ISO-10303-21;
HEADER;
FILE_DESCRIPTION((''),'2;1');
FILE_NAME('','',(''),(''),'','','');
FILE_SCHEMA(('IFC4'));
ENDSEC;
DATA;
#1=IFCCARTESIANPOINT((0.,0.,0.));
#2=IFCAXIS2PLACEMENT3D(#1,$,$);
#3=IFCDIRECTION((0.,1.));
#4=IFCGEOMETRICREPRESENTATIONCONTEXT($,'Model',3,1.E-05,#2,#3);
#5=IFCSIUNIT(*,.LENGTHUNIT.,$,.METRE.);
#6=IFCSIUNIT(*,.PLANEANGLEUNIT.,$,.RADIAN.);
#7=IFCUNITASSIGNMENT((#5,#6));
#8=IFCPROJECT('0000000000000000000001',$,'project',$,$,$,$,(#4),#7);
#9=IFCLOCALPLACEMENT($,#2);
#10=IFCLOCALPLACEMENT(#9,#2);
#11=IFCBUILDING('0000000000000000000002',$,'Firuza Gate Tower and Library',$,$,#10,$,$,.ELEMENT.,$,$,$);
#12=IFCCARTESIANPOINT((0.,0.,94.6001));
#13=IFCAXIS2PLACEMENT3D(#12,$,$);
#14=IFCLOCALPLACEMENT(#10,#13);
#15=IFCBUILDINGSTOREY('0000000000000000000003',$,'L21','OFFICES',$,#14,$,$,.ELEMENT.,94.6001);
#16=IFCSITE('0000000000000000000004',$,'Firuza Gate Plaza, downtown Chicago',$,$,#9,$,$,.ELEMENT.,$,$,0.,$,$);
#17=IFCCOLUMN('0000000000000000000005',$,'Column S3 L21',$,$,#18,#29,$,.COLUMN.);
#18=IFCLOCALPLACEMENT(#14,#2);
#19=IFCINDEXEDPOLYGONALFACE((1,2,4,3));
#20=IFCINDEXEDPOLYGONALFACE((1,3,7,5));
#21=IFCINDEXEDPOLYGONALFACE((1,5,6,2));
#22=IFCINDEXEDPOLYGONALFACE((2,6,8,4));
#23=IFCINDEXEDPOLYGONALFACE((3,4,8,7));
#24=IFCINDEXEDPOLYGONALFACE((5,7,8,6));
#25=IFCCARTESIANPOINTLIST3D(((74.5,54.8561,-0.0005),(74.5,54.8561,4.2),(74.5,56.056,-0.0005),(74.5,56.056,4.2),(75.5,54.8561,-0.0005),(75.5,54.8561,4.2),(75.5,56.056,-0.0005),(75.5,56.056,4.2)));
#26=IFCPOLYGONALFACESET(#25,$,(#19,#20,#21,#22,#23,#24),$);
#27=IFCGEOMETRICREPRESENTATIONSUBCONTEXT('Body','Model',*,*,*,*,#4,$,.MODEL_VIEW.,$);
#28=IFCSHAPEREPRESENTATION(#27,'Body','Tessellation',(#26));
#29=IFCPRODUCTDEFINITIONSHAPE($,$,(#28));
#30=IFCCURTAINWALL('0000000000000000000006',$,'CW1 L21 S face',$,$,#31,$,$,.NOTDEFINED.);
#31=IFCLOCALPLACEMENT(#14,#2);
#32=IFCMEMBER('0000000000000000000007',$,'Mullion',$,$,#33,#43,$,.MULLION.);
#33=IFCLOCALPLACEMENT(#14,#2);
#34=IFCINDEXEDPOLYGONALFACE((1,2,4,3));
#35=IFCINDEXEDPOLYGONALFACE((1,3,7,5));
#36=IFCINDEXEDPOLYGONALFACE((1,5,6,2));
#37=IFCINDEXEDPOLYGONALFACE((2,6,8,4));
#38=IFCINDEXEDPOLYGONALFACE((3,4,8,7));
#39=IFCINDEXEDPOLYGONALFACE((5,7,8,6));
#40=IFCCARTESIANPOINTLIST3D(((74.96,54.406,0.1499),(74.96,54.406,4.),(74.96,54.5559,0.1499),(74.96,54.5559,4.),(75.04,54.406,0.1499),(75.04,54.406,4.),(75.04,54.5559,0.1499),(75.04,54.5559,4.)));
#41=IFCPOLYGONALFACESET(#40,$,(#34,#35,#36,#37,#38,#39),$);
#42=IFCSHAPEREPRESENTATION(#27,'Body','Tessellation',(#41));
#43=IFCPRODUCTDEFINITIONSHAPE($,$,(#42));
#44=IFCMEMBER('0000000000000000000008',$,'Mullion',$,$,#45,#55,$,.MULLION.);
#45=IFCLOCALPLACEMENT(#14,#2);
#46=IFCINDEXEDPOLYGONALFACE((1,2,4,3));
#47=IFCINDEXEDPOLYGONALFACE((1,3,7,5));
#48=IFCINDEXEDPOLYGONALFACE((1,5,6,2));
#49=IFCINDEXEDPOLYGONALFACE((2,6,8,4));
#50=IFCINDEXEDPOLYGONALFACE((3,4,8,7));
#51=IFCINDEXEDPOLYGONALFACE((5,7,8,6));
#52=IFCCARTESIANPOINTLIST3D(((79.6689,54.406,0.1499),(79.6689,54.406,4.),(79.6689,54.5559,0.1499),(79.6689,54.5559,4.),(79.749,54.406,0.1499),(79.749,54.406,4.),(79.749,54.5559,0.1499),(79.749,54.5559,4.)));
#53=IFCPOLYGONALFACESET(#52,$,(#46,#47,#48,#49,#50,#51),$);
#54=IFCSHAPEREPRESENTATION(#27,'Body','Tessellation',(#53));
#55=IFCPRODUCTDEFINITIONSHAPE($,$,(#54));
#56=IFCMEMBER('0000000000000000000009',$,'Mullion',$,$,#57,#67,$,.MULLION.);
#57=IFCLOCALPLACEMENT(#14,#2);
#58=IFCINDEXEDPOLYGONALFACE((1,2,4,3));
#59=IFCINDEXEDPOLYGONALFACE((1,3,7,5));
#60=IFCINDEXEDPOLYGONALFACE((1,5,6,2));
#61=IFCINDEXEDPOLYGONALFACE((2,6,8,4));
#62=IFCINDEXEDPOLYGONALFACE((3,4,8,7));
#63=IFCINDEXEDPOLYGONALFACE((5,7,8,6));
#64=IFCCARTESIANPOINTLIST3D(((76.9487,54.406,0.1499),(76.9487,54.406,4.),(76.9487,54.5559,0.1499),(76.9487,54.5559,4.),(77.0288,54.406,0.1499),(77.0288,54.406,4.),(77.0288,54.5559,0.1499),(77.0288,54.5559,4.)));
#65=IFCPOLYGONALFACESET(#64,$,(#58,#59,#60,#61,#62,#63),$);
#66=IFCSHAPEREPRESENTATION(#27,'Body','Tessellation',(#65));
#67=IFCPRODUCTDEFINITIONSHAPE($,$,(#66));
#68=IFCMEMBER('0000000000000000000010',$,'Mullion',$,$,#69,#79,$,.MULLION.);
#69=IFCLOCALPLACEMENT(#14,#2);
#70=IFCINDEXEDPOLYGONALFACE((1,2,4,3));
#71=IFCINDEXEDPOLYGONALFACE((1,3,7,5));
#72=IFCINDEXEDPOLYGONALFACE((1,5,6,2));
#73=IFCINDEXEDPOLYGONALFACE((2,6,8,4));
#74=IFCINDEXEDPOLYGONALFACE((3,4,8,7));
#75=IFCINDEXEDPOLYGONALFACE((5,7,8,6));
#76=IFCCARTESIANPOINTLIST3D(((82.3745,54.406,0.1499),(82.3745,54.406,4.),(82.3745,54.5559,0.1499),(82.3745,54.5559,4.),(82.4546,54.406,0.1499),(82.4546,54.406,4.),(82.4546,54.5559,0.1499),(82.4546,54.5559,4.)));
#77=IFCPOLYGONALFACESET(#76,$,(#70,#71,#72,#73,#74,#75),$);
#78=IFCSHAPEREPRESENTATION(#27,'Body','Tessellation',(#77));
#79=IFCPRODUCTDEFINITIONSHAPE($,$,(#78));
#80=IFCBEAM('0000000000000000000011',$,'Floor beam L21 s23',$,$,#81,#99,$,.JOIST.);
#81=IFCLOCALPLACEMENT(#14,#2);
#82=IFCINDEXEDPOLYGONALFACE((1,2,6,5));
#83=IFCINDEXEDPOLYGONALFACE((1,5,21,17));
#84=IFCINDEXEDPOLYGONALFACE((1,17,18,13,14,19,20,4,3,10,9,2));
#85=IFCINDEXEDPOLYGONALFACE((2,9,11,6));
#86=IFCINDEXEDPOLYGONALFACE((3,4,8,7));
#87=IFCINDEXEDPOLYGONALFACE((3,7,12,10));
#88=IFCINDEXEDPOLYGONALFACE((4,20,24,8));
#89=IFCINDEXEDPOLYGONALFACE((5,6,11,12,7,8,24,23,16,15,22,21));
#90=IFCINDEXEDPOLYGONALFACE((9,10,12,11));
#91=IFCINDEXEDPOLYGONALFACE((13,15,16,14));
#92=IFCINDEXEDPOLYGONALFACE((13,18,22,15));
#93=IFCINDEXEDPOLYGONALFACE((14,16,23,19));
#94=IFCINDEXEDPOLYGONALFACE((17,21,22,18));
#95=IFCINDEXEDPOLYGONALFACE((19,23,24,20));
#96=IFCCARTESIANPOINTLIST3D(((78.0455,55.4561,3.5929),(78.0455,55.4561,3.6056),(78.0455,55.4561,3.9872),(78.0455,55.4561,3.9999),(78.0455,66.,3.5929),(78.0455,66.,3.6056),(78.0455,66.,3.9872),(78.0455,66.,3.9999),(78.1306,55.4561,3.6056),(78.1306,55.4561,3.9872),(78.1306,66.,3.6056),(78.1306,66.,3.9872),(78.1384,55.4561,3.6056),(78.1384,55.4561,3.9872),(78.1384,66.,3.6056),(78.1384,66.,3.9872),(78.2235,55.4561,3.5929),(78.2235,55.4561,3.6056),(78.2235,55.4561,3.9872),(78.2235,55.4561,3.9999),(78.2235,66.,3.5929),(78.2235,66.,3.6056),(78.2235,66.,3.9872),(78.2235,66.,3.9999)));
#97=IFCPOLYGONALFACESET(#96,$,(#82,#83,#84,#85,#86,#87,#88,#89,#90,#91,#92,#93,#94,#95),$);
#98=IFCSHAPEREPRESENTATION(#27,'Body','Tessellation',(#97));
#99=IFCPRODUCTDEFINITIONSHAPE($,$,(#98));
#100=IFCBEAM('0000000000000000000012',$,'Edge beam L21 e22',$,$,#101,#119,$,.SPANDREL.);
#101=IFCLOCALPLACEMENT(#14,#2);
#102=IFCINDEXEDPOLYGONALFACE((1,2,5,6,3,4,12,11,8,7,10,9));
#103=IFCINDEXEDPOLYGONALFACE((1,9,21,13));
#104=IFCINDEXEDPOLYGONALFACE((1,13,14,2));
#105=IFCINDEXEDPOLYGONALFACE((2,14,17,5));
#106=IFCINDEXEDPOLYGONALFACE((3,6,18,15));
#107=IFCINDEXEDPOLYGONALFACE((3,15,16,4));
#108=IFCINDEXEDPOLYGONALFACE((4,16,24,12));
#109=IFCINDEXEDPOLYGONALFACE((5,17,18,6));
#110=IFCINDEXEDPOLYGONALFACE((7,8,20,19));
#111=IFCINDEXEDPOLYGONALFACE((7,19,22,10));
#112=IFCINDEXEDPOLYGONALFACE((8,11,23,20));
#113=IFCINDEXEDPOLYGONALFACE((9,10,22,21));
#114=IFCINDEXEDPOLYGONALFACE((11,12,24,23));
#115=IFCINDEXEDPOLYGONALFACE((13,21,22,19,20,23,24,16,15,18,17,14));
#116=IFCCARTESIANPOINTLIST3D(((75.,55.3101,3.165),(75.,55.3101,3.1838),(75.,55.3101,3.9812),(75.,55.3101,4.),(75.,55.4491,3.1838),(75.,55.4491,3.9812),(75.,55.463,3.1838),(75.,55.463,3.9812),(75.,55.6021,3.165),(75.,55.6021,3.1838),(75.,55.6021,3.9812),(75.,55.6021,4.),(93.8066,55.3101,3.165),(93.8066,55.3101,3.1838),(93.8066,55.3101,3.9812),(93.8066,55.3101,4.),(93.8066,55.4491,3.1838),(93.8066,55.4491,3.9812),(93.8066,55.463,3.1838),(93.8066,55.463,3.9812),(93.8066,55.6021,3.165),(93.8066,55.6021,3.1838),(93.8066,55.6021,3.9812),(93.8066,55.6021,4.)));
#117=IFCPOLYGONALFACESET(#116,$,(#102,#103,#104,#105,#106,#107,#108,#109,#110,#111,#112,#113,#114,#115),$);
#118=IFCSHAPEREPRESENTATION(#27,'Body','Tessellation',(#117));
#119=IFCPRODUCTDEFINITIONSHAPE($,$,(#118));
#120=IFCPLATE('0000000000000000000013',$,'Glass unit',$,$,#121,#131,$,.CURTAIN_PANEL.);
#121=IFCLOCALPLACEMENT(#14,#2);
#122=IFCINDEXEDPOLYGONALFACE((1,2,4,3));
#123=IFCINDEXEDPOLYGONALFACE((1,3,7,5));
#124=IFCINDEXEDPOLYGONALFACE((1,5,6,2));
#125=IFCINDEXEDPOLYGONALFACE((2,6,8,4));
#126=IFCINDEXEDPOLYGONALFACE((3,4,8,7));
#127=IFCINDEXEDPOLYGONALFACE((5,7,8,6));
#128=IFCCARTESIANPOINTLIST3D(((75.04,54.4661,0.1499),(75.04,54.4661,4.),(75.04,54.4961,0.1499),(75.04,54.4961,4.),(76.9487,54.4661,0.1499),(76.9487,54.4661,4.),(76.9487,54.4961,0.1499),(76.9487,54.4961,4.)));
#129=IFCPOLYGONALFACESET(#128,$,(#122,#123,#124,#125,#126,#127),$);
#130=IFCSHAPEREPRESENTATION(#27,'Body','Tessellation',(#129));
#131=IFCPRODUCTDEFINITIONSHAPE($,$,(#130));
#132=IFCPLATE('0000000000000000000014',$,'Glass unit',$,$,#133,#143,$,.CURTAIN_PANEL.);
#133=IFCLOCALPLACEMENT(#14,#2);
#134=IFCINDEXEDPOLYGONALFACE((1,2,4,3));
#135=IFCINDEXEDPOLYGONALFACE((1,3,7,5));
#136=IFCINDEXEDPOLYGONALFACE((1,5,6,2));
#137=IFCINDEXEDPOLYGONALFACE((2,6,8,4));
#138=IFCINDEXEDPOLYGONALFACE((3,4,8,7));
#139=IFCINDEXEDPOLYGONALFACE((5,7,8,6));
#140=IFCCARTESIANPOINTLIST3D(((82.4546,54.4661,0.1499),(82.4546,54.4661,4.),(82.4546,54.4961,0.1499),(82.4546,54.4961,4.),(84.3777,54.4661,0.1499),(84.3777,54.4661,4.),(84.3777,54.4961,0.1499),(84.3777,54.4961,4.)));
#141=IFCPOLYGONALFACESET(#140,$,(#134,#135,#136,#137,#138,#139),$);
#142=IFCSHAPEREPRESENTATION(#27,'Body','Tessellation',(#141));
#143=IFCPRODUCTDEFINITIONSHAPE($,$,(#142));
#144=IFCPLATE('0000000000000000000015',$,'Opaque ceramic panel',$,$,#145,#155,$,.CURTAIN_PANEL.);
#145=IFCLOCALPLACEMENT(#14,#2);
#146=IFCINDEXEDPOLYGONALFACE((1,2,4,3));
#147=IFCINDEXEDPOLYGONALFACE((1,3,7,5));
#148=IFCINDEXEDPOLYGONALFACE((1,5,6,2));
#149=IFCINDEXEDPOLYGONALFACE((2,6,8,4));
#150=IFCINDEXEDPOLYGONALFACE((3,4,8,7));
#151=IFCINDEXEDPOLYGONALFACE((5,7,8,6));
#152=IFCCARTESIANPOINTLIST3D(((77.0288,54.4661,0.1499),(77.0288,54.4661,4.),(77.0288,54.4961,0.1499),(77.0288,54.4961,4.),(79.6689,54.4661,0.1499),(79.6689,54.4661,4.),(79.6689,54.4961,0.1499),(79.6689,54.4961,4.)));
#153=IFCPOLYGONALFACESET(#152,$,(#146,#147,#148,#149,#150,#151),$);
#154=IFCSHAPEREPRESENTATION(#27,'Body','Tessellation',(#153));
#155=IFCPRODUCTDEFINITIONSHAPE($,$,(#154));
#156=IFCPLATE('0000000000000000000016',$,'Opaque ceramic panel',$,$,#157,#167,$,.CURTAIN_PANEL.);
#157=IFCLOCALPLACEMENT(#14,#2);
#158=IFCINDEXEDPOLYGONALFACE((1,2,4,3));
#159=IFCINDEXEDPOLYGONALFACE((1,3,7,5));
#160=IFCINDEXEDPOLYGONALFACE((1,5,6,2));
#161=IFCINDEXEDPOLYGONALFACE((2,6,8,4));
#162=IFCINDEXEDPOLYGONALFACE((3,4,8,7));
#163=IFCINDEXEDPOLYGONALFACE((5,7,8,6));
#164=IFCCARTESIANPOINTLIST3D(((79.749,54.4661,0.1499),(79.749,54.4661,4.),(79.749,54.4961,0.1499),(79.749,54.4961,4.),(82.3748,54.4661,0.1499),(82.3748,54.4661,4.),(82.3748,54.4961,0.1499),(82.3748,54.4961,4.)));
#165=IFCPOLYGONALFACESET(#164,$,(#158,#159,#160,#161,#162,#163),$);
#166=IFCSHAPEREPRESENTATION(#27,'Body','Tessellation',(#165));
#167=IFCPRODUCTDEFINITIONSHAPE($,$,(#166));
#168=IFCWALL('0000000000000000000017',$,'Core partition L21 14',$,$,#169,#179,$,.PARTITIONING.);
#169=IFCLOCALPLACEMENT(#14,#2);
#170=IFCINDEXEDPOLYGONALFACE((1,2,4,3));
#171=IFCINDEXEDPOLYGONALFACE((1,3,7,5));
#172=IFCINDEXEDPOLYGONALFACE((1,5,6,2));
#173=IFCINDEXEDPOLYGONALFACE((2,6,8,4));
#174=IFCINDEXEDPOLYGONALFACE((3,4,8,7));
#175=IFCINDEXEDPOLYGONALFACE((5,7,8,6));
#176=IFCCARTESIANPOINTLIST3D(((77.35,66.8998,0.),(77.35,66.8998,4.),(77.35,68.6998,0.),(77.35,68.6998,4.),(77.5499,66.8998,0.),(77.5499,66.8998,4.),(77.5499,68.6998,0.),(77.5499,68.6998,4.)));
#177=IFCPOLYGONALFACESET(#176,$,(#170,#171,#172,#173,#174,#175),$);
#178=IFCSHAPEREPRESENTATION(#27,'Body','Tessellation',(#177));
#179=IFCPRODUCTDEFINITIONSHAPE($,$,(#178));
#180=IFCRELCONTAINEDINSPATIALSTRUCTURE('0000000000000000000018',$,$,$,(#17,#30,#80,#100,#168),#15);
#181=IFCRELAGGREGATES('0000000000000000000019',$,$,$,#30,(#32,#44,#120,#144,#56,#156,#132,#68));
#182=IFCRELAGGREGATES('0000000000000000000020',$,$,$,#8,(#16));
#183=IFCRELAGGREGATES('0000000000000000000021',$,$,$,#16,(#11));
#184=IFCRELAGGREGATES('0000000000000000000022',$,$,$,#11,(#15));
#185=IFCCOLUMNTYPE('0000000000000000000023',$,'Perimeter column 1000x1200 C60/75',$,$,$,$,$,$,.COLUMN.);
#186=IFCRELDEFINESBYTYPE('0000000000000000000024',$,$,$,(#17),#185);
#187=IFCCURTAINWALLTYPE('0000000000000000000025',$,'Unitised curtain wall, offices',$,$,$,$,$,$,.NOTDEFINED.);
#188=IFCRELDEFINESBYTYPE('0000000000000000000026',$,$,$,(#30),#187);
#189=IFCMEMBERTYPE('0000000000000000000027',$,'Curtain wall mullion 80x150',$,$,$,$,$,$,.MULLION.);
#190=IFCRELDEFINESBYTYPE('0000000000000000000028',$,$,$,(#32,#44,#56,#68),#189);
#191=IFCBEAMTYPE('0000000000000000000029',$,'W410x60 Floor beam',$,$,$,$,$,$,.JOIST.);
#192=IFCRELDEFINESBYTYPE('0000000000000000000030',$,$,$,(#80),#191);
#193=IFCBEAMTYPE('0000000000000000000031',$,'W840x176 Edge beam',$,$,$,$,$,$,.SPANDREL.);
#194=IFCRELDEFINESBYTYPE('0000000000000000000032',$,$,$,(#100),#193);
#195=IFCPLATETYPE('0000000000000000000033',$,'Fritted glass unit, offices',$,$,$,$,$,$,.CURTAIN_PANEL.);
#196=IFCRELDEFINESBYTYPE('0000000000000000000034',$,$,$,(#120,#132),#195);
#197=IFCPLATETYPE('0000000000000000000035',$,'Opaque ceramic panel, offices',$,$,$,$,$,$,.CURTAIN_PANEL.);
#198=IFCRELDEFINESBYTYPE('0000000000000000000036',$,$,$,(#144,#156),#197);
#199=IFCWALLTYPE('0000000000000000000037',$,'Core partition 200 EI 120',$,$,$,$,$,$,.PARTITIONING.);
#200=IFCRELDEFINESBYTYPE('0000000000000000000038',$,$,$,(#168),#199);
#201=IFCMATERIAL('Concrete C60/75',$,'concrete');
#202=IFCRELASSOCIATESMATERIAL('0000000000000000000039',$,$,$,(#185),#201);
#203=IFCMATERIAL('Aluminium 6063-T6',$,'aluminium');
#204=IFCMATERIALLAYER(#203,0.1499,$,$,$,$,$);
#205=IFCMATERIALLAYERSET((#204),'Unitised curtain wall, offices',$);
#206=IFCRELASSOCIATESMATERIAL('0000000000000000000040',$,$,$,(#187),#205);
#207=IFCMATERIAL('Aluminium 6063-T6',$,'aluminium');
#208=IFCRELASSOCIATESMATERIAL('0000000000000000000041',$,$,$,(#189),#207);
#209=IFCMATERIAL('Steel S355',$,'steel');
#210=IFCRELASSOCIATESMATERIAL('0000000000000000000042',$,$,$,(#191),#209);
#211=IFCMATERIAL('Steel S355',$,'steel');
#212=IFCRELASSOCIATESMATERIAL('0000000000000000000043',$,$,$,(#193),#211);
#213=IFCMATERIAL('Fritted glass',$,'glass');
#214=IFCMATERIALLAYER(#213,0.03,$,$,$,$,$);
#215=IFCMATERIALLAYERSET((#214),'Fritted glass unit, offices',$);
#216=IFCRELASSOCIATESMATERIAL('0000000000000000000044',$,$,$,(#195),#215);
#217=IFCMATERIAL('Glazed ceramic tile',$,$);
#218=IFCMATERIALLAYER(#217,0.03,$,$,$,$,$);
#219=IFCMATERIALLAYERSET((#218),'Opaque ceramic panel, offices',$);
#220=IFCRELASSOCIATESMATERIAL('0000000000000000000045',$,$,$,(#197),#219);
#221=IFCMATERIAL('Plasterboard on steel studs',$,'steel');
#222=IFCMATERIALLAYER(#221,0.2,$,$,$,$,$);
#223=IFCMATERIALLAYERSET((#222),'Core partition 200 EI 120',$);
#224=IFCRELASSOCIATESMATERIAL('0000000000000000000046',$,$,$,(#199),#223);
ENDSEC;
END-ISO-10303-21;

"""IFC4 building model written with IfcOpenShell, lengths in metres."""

from ifc_helpers import new_model, si_unit, direction, frame, frame_2d, origin, origin_2d, place, context, subcontext, project, spatial, polyline, rectangle, i_section, outline, extrude, material, layer, layer_set, material_profile, profile_set, type_object, element, aggregate, save


model = new_model("IFC4")

# Units and contexts
model_context = context("Model", 3, precision=1e-05, world=origin(), true_north=direction((0.0, 1.0)))
body_context = subcontext(model_context, "Body", "Model", "MODEL_VIEW")
ifc_project = project(units=[si_unit("LENGTHUNIT", "METRE"), si_unit("PLANEANGLEUNIT", "RADIAN")], contexts=[model_context])

# Site, building, storey
site_placement = place(None, origin())
site = spatial("IfcSite", under=ifc_project, at=site_placement, Name="Firuza Gate Plaza, downtown Chicago", CompositionType="ELEMENT", RefElevation=0.0)
building_placement = place(site_placement, origin())
building = spatial("IfcBuilding", under=site, at=building_placement, Name="Firuza Gate Tower and Library", CompositionType="ELEMENT")
storey_placement = place(building_placement, frame((0.0, 0.0, 94.6001)))
storey = spatial("IfcBuildingStorey", under=building, at=storey_placement, Name="L21", Description="OFFICES", CompositionType="ELEMENT", Elevation=94.6001)

# Column
ifc_material_1 = material(Name="Concrete C60/75", Category="concrete")
ifc_material_profile_1 = material_profile(ifc_material_1, rectangle(XDim=1.0, YDim=1.2, at=origin_2d()))
ifc_profile_set_1 = profile_set([ifc_material_profile_1], Name="Concrete C60/75")
column_type = type_object("IfcColumnType", Name="Perimeter column 1000x1200 C60/75", PredefinedType="COLUMN", material=ifc_profile_set_1)
column_placement = place(storey_placement, frame((75.0, 55.4561, -0.0005), z_axis=(0.0, 0.0, 1.0), x_axis=(1.0, 0.0, 0.0)))
element("IfcColumn", 1, at=column_placement, inside=storey, type_object=column_type, Name="Column S3 L21", PredefinedType="COLUMN", context=body_context, shape_type="SweptSolid", body=[
    extrude(rectangle(XDim=1.0, YDim=1.2, at=origin_2d()), origin(), (0.0, 0.0, 1.0), 4.2004),
])

# Curtain wall, members
ifc_material_2 = material(Name="Aluminium 6063-T6", Category="aluminium")
ifc_layer_1 = layer(ifc_material_2, 0.1499)
ifc_layer_set_1 = layer_set([ifc_layer_1], Name="Unitised curtain wall, offices")
curtain_wall_type = type_object("IfcCurtainWallType", Name="Unitised curtain wall, offices", PredefinedType="NOTDEFINED", material=ifc_layer_set_1)
curtain_wall_placement = place(storey_placement, origin())
curtain_wall = element("IfcCurtainWall", 2, at=curtain_wall_placement, inside=storey, type_object=curtain_wall_type, Name="CW1 L21 S face", PredefinedType="NOTDEFINED")
ifc_material_3 = material(Name="Aluminium 6063-T6", Category="aluminium")
ifc_material_profile_2 = material_profile(ifc_material_3, rectangle(XDim=0.1499, YDim=0.0801, at=origin_2d()))
ifc_profile_set_2 = profile_set([ifc_material_profile_2], Name="Aluminium 6063-T6")
member_type = type_object("IfcMemberType", Name="Curtain wall mullion 80x150", PredefinedType="MULLION", material=ifc_profile_set_2)
member_1_placement = place(storey_placement, frame((75.0, 54.481, 0.1499), z_axis=(0.0, 0.0, 1.0), x_axis=(0.0, 1.0, 0.0)))
member_1 = element("IfcMember", 3, at=member_1_placement, type_object=member_type, Name="Mullion", PredefinedType="MULLION", context=body_context, shape_type="SweptSolid", body=[
    extrude(rectangle(XDim=0.1499, YDim=0.0801, at=origin_2d()), origin(), (0.0, 0.0, 1.0), 3.8501),
])
member_2_placement = place(storey_placement, frame((79.709, 54.481, 0.1499), z_axis=(0.0, 0.0, 1.0), x_axis=(0.0, 1.0, 0.0)))
member_2 = element("IfcMember", 4, at=member_2_placement, type_object=member_type, Name="Mullion", PredefinedType="MULLION", context=body_context, shape_type="SweptSolid", body=[
    extrude(rectangle(XDim=0.1499, YDim=0.0801, at=origin_2d()), origin(), (0.0, 0.0, 1.0), 3.8501),
])
member_3_placement = place(storey_placement, frame((76.9888, 54.481, 0.1499), z_axis=(0.0, 0.0, 1.0), x_axis=(0.0, 1.0, 0.0)))
member_3 = element("IfcMember", 5, at=member_3_placement, type_object=member_type, Name="Mullion", PredefinedType="MULLION", context=body_context, shape_type="SweptSolid", body=[
    extrude(rectangle(XDim=0.1499, YDim=0.0801, at=origin_2d()), origin(), (0.0, 0.0, 1.0), 3.8501),
])
member_4_placement = place(storey_placement, frame((82.4146, 54.481, 0.1499), z_axis=(0.0, 0.0, 1.0), x_axis=(0.0, 1.0, 0.0)))
member_4 = element("IfcMember", 6, at=member_4_placement, type_object=member_type, Name="Mullion", PredefinedType="MULLION", context=body_context, shape_type="SweptSolid", body=[
    extrude(rectangle(XDim=0.1499, YDim=0.0801, at=origin_2d()), origin(), (0.0, 0.0, 1.0), 3.8501),
])

# Beams
ifc_material_4 = material(Name="Steel S355", Category="steel")
ifc_material_profile_3 = material_profile(ifc_material_4, i_section(OverallWidth=0.178, OverallDepth=0.407, WebThickness=0.0078, FlangeThickness=0.0127, at=origin_2d()))
ifc_profile_set_3 = profile_set([ifc_material_profile_3], Name="Steel S355")
beam_type_1 = type_object("IfcBeamType", Name="W410x60 Floor beam", PredefinedType="JOIST", material=ifc_profile_set_3)
beam_1_placement = place(storey_placement, frame((78.1345, 55.4561, 3.7964), z_axis=(0.0, 1.0, 0.0), x_axis=(-1.0, 0.0, 0.0)))
element("IfcBeam", 7, at=beam_1_placement, inside=storey, type_object=beam_type_1, Name="Floor beam L21 s23", PredefinedType="JOIST", context=body_context, shape_type="SweptSolid", body=[
    extrude(i_section(OverallWidth=0.178, OverallDepth=0.407, WebThickness=0.0078, FlangeThickness=0.0127, at=origin_2d()), origin(), (0.0, 0.0, 1.0), 10.5439),
])
ifc_material_5 = material(Name="Steel S355", Category="steel")
ifc_material_profile_4 = material_profile(ifc_material_5, i_section(OverallWidth=0.292, OverallDepth=0.835, WebThickness=0.0139, FlangeThickness=0.0188, at=origin_2d()))
ifc_profile_set_4 = profile_set([ifc_material_profile_4], Name="Steel S355")
beam_type_2 = type_object("IfcBeamType", Name="W840x176 Edge beam", PredefinedType="SPANDREL", material=ifc_profile_set_4)
beam_2_placement = place(storey_placement, frame((75.0, 55.4561, 3.5825), z_axis=(1.0, 0.0, 0.0), x_axis=(0.0, 1.0, 0.0)))
element("IfcBeam", 8, at=beam_2_placement, inside=storey, type_object=beam_type_2, Name="Edge beam L21 e22", PredefinedType="SPANDREL", context=body_context, shape_type="SweptSolid", body=[
    extrude(i_section(OverallWidth=0.292, OverallDepth=0.835, WebThickness=0.0139, FlangeThickness=0.0188, at=origin_2d()), origin(), (0.0, 0.0, 1.0), 18.8066),
])

# Plates
ifc_material_6 = material(Name="Fritted glass", Category="glass")
ifc_layer_2 = layer(ifc_material_6, 0.03)
ifc_layer_set_2 = layer_set([ifc_layer_2], Name="Fritted glass unit, offices")
plate_type_1 = type_object("IfcPlateType", Name="Fritted glass unit, offices", PredefinedType="CURTAIN_PANEL", material=ifc_layer_set_2)
plate_1_placement = place(storey_placement, frame((75.04, 54.4661, 0.1499), z_axis=(0.0, -1.0, 0.0), x_axis=(1.0, 0.0, 0.0)))
plate_1 = element("IfcPlate", 9, at=plate_1_placement, type_object=plate_type_1, Name="Glass unit", PredefinedType="CURTAIN_PANEL", context=body_context, shape_type="SweptSolid", body=[
    extrude(outline(polyline([(0.0, 0.0), (1.9087, 0.0), (1.9087, 3.8501), (0.0, 3.8501), (0.0, 0.0)])), origin(), (0.0, 0.0, -1.0), 0.03),
])
plate_2_placement = place(storey_placement, frame((82.4546, 54.4661, 0.1499), z_axis=(0.0, -1.0, 0.0), x_axis=(1.0, 0.0, 0.0)))
plate_2 = element("IfcPlate", 10, at=plate_2_placement, type_object=plate_type_1, Name="Glass unit", PredefinedType="CURTAIN_PANEL", context=body_context, shape_type="SweptSolid", body=[
    extrude(outline(polyline([(0.0, 0.0), (1.9231, 0.0), (1.9231, 3.8501), (0.0, 3.8501), (0.0, 0.0)])), origin(), (0.0, 0.0, -1.0), 0.03),
])
ifc_material_7 = material(Name="Glazed ceramic tile")
ifc_layer_3 = layer(ifc_material_7, 0.03)
ifc_layer_set_3 = layer_set([ifc_layer_3], Name="Opaque ceramic panel, offices")
plate_type_2 = type_object("IfcPlateType", Name="Opaque ceramic panel, offices", PredefinedType="CURTAIN_PANEL", material=ifc_layer_set_3)
plate_3_placement = place(storey_placement, frame((77.0288, 54.4661, 0.1499), z_axis=(0.0, -1.0, 0.0), x_axis=(1.0, 0.0, 0.0)))
plate_3 = element("IfcPlate", 11, at=plate_3_placement, type_object=plate_type_2, Name="Opaque ceramic panel", PredefinedType="CURTAIN_PANEL", context=body_context, shape_type="SweptSolid", body=[
    extrude(outline(polyline([(0.0, 0.0), (2.6401, 0.0), (2.6401, 3.8501), (0.0, 3.8501), (0.0, 0.0)])), origin(), (0.0, 0.0, -1.0), 0.03),
])
plate_4_placement = place(storey_placement, frame((79.749, 54.4661, 0.1499), z_axis=(0.0, -1.0, 0.0), x_axis=(1.0, 0.0, 0.0)))
plate_4 = element("IfcPlate", 12, at=plate_4_placement, type_object=plate_type_2, Name="Opaque ceramic panel", PredefinedType="CURTAIN_PANEL", context=body_context, shape_type="SweptSolid", body=[
    extrude(outline(polyline([(0.0, 0.0), (2.6257, 0.0), (2.6257, 3.8501), (0.0, 3.8501), (0.0, 0.0)])), origin(), (0.0, 0.0, -1.0), 0.03),
])
aggregate(curtain_wall, [member_1, member_2, plate_1, plate_3, member_3, plate_4, plate_2, member_4])

# Wall
ifc_material_8 = material(Name="Plasterboard on steel studs", Category="steel")
ifc_layer_4 = layer(ifc_material_8, 0.2)
ifc_layer_set_4 = layer_set([ifc_layer_4], Name="Core partition 200 EI 120")
wall_type_1 = type_object("IfcWallType", Name="Core partition 200 EI 120", PredefinedType="PARTITIONING", material=ifc_layer_set_4)
wall_1_placement = place(storey_placement, frame((77.45, 66.8999, 0.0), z_axis=(0.0, 0.0, 1.0), x_axis=(0.0, 1.0, 0.0)))
element("IfcWall", 13, at=wall_1_placement, inside=storey, type_object=wall_type_1, Name="Core partition L21 14", PredefinedType="PARTITIONING", context=body_context, shape_type="SweptSolid", body=[
    extrude(rectangle(XDim=1.8, YDim=0.2, at=frame_2d((0.8999, 0.0))), origin(), (0.0, 0.0, 1.0), 4.0),
])

save(model, "model.ifc")
